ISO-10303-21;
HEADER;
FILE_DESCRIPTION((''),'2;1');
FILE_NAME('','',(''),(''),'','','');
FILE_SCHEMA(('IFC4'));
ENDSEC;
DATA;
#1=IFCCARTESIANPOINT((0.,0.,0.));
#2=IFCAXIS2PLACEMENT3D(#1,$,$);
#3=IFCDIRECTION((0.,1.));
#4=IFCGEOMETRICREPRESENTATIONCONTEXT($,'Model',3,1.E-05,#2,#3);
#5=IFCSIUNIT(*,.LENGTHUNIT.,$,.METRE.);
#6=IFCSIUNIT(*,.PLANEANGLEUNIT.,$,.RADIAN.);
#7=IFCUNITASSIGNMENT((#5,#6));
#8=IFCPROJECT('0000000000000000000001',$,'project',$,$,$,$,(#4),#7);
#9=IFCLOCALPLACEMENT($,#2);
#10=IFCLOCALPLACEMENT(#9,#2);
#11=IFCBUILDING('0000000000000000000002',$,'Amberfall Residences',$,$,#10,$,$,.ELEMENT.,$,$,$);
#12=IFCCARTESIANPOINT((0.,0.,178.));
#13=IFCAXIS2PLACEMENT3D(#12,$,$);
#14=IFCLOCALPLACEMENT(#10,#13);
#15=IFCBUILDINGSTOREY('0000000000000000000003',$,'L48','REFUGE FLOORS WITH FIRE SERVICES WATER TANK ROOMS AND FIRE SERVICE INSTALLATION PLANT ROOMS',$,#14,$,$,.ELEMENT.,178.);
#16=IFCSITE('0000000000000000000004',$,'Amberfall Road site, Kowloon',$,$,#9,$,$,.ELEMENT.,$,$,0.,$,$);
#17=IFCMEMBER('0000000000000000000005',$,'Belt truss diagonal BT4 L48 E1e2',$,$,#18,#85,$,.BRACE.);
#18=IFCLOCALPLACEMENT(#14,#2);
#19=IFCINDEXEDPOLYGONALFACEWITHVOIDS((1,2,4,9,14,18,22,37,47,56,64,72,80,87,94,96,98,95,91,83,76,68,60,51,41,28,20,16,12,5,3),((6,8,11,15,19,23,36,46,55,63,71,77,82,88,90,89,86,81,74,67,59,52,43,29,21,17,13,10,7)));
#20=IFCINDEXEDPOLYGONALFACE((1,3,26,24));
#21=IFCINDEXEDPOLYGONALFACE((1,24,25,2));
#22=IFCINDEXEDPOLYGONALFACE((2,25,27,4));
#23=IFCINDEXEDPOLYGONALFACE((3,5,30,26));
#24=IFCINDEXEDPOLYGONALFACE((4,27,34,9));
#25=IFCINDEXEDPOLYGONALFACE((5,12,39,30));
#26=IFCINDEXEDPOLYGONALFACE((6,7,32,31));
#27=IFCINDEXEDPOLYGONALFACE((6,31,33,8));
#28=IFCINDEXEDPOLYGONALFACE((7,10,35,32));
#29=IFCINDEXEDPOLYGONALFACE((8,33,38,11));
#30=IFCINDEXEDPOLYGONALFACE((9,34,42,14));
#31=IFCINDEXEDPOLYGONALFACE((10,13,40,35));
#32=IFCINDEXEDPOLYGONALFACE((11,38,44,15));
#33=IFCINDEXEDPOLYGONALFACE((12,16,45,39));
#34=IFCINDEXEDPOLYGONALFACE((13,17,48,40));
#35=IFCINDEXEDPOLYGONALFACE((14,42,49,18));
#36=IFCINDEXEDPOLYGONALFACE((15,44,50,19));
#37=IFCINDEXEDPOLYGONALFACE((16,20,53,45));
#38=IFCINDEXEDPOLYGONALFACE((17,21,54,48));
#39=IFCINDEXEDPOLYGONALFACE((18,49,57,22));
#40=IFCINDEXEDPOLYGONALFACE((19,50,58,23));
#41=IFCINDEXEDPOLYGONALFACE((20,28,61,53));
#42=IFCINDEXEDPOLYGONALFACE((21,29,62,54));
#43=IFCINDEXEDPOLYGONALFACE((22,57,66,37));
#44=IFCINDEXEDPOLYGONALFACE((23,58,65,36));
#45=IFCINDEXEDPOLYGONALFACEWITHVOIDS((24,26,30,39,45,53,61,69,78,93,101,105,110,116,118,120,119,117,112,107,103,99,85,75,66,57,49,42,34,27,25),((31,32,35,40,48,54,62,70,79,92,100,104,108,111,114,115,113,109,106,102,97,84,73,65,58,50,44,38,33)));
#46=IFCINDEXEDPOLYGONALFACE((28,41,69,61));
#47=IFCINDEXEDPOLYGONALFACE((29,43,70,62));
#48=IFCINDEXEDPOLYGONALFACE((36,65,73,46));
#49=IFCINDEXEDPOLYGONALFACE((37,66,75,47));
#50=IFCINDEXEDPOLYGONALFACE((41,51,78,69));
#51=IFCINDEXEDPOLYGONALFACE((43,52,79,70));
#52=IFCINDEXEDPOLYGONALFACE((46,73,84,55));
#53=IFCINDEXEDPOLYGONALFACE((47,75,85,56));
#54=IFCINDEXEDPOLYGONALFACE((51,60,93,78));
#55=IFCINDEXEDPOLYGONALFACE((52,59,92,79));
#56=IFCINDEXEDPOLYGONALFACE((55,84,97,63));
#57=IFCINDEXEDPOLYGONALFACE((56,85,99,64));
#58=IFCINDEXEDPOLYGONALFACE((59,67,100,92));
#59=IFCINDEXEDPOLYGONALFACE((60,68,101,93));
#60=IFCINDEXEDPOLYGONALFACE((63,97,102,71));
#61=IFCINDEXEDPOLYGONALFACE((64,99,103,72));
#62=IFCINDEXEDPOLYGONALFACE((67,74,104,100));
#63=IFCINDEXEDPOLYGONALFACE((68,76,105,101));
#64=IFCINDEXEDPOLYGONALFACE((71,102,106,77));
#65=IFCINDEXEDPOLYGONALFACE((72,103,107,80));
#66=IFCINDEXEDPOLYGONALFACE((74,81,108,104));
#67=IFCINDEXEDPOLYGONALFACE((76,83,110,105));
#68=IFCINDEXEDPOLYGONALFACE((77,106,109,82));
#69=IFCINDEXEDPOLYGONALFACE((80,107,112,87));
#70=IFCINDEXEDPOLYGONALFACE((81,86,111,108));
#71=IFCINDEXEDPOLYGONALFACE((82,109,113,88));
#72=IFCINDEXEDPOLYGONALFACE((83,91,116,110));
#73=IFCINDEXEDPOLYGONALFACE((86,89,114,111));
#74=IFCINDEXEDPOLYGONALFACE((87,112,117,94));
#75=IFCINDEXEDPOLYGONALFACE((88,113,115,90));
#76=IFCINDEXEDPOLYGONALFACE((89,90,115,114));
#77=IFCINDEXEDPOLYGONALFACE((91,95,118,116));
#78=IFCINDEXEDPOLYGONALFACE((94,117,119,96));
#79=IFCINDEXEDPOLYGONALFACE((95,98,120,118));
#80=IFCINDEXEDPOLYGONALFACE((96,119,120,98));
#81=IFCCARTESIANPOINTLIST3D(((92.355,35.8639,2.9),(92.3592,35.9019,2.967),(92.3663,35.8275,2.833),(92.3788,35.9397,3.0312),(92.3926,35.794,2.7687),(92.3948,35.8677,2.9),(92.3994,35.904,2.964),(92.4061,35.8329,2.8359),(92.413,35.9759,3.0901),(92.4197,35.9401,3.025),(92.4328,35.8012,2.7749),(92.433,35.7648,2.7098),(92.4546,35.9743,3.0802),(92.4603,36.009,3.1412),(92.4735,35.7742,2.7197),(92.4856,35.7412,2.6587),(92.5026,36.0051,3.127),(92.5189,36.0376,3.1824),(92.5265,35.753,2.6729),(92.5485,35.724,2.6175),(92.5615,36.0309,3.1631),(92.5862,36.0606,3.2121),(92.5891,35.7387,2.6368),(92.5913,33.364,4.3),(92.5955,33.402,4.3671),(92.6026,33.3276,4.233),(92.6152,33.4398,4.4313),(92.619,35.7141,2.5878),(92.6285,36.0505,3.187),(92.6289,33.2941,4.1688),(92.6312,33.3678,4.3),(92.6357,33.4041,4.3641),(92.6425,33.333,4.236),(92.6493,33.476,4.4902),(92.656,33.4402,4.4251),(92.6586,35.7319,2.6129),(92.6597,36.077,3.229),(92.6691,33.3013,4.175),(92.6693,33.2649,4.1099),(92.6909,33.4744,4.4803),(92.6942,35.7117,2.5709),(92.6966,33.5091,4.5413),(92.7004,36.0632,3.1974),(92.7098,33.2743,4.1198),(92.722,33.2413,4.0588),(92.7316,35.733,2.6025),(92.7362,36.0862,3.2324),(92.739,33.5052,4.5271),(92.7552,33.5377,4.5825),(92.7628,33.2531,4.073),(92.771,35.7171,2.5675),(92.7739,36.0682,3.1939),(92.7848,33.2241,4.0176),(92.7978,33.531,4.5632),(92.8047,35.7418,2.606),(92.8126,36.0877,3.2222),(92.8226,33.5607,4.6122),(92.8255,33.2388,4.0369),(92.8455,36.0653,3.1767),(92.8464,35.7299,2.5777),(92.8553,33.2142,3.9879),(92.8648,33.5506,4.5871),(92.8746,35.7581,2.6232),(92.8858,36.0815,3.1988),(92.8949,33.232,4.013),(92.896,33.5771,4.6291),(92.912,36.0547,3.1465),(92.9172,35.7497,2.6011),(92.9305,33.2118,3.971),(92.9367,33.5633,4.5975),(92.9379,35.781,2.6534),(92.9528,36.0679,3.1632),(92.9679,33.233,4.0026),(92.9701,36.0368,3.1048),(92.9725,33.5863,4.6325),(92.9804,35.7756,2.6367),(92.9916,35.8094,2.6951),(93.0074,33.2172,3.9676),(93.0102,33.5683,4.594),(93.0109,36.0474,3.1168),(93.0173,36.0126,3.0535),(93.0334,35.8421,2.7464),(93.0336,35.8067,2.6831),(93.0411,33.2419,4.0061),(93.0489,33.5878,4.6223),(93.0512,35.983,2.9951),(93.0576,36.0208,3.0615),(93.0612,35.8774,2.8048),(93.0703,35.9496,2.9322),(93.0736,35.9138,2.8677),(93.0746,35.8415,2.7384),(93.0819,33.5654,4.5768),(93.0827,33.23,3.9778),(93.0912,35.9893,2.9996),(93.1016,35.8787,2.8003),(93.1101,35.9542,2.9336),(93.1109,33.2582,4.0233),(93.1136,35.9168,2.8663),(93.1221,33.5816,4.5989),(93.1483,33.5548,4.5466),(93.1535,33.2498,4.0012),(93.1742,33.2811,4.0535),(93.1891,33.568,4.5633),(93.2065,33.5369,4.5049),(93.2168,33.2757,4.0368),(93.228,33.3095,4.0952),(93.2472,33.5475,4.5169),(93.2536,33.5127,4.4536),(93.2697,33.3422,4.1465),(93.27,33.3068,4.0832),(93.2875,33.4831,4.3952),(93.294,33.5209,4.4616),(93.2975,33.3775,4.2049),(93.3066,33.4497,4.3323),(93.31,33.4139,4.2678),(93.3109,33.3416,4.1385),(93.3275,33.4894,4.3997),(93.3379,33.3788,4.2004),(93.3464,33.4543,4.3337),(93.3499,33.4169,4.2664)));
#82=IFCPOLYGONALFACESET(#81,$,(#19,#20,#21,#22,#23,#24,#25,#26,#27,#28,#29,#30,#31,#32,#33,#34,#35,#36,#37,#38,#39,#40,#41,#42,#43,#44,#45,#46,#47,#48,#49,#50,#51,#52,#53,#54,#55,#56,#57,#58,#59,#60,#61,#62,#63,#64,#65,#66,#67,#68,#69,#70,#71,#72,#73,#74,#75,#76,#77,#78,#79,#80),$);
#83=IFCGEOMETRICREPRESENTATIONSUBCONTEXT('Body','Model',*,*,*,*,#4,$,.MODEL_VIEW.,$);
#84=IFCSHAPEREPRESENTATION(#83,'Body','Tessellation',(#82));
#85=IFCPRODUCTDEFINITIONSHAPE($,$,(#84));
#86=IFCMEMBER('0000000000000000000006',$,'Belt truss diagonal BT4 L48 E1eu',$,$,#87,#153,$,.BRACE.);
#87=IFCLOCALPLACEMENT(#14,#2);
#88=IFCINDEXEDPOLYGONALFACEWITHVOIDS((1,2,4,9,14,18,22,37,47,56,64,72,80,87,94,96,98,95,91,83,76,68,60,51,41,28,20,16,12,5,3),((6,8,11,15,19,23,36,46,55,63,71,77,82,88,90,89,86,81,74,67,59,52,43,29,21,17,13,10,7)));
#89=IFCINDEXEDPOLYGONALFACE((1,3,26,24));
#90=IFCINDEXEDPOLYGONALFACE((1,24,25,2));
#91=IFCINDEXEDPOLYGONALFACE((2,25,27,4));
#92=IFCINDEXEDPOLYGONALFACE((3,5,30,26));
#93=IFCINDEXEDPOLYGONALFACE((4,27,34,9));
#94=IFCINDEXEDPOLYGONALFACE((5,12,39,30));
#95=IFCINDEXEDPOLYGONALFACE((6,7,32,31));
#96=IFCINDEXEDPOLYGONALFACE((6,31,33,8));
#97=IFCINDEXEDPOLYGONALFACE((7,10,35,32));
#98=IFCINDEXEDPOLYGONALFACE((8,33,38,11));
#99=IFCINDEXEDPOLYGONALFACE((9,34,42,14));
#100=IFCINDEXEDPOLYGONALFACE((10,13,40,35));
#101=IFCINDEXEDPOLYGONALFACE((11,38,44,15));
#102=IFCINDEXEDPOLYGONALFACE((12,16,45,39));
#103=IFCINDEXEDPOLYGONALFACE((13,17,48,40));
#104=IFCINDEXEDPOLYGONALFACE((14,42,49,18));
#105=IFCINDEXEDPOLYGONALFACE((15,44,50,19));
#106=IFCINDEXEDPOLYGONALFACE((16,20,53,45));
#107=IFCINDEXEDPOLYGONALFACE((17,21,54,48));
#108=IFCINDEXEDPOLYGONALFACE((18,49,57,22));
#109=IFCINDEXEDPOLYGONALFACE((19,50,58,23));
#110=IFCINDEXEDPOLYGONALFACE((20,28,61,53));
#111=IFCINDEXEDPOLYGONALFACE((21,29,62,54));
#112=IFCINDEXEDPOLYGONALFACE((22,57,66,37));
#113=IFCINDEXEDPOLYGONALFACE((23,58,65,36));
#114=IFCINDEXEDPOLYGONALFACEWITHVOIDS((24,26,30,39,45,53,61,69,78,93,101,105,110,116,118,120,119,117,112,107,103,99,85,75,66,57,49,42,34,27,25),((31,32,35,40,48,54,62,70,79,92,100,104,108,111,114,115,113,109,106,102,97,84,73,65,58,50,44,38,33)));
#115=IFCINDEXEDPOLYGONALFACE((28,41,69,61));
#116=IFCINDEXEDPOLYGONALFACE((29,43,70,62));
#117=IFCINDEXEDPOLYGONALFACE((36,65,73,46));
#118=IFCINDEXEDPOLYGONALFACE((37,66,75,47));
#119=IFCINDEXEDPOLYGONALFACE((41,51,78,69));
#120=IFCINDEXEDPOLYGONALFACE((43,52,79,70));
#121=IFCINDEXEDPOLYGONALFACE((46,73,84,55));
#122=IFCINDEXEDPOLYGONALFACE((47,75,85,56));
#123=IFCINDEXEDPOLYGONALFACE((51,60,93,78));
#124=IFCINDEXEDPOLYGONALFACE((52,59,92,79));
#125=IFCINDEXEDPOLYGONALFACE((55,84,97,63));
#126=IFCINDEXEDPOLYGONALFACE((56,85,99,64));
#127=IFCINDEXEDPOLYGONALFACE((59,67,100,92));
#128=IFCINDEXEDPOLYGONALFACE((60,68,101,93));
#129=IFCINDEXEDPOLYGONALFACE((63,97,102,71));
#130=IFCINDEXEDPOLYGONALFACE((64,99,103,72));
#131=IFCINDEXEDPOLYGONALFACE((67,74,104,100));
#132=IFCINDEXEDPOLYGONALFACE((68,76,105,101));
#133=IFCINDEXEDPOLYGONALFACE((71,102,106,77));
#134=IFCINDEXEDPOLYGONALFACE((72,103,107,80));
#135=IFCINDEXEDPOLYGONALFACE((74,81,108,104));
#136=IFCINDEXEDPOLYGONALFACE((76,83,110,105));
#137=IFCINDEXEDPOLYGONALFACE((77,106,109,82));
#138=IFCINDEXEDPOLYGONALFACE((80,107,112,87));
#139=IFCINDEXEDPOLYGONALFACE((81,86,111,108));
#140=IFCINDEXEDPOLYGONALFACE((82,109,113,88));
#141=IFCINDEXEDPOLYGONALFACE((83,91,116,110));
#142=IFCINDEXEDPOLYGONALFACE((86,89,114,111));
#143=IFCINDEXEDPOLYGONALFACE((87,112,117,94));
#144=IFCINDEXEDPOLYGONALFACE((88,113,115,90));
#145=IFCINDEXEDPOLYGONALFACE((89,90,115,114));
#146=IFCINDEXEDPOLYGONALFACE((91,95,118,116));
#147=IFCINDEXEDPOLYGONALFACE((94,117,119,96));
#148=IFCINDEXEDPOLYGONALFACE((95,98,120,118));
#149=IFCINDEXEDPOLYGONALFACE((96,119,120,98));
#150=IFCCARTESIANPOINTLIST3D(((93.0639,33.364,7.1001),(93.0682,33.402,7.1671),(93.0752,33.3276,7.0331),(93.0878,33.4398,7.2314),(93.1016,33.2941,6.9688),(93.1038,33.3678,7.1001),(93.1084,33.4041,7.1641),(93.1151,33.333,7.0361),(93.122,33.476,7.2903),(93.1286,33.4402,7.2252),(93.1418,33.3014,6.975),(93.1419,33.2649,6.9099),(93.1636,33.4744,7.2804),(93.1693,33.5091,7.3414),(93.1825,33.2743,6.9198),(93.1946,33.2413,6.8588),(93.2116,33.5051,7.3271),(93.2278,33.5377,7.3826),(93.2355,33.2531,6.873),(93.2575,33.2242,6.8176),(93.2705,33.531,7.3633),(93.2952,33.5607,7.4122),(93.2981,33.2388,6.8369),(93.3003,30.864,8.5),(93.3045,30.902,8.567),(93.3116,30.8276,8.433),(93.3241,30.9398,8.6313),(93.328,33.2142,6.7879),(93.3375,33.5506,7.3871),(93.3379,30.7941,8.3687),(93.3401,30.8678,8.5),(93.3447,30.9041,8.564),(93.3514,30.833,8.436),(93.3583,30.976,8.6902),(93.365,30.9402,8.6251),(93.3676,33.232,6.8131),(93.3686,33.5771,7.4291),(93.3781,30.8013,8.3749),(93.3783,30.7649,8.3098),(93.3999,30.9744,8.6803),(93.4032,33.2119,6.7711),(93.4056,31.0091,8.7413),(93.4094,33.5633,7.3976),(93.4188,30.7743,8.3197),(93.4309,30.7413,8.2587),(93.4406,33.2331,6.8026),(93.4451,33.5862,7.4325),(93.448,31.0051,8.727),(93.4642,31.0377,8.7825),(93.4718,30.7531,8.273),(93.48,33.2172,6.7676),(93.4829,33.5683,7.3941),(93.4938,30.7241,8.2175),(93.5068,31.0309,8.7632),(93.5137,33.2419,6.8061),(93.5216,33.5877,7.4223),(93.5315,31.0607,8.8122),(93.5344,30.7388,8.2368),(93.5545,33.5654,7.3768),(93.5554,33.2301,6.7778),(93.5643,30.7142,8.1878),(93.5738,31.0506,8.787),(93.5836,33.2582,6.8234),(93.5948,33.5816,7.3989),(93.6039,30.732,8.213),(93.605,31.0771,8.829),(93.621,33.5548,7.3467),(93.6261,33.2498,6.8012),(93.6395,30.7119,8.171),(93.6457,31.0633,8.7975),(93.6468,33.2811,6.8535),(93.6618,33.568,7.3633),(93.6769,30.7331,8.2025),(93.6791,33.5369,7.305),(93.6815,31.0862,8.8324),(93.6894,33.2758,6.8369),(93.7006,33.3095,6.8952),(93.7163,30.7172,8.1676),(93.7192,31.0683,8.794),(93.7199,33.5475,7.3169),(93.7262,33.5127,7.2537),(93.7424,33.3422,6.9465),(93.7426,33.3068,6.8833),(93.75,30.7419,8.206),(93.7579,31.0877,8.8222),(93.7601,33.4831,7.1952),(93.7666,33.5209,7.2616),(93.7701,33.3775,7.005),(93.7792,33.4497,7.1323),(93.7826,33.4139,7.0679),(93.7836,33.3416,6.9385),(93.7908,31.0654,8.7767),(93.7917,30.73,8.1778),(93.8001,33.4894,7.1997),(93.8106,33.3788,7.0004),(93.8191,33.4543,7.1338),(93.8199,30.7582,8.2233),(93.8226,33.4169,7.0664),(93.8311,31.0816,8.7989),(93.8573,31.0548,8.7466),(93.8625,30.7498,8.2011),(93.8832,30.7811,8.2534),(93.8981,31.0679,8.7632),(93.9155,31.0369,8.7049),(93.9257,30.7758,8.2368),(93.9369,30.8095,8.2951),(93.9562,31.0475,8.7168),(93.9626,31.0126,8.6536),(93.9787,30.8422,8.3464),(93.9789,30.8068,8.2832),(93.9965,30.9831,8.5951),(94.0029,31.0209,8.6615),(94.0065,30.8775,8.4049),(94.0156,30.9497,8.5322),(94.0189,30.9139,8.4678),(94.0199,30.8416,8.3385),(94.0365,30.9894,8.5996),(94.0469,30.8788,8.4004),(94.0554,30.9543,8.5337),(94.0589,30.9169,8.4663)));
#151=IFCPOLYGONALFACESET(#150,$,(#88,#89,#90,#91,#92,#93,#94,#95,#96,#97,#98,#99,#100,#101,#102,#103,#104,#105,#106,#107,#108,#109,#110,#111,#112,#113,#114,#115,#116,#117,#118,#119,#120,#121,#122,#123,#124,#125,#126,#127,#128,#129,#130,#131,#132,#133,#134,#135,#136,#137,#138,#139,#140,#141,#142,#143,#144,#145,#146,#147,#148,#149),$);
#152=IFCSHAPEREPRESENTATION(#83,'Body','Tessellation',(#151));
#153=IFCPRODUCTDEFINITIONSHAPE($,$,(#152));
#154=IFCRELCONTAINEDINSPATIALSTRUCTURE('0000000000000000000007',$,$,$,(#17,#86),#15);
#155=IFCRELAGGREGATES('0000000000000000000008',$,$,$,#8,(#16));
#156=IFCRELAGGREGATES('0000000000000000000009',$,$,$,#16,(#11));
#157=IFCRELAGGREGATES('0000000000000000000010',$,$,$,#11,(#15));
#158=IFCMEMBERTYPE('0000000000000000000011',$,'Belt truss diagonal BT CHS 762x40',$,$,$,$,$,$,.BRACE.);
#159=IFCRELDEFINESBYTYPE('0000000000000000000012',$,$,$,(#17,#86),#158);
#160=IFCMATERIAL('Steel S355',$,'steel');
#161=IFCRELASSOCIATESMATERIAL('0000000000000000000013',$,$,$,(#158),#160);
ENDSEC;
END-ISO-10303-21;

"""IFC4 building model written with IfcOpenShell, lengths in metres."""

from ifc_helpers import new_model, si_unit, direction, frame, origin, origin_2d, place, context, subcontext, project, spatial, hollow_circle, extrude, material, material_profile, profile_set, type_object, element, save


model = new_model("IFC4")

# Units and contexts
model_context = context("Model", 3, precision=1e-05, world=origin(), true_north=direction((0.0, 1.0)))
body_context = subcontext(model_context, "Body", "Model", "MODEL_VIEW")
ifc_project = project(units=[si_unit("LENGTHUNIT", "METRE"), si_unit("PLANEANGLEUNIT", "RADIAN")], contexts=[model_context])

# Site, building, storey
site_placement = place(None, origin())
site = spatial("IfcSite", under=ifc_project, at=site_placement, Name="Amberfall Road site, Kowloon", CompositionType="ELEMENT", RefElevation=0.0)
building_placement = place(site_placement, origin())
building = spatial("IfcBuilding", under=site, at=building_placement, Name="Amberfall Residences", CompositionType="ELEMENT")
storey_placement = place(building_placement, frame((0.0, 0.0, 178.0)))
storey = spatial("IfcBuildingStorey", under=building, at=storey_placement, Name="L48", Description="REFUGE FLOORS WITH FIRE SERVICES WATER TANK ROOMS AND FIRE SERVICE INSTALLATION PLANT ROOMS", CompositionType="ELEMENT", Elevation=178.0)

# Shared definitions
ifc_material_1 = material(Name="Steel S355", Category="steel")

# Members
ifc_material_profile_1 = material_profile(ifc_material_1, hollow_circle(Radius=0.3811, WallThickness=0.04, at=origin_2d()), Name="CHS 762x40")
ifc_profile_set_1 = profile_set([ifc_material_profile_1], Name="Steel S355")
member_type = type_object("IfcMemberType", Name="Belt truss diagonal BT CHS 762x40", PredefinedType="BRACE", material=ifc_profile_set_1)
for number, where, z_axis, x_axis, name in (
    (1, (92.9707, 33.3999, 4.3), (-0.082198, 0.869532, -0.486989), (-0.995562, -0.094112, 0.0), "Belt truss diagonal BT4 L48 E1e2"),
    (2, (93.6797, 30.8999, 8.5), (-0.082201, 0.869568, -0.486924), (-0.995562, -0.094112, 0.0), "Belt truss diagonal BT4 L48 E1eu"),
):
    element("IfcMember", number, at=place(storey_placement, frame(where, z_axis=z_axis, x_axis=x_axis)), inside=storey, type_object=member_type, Name=name, PredefinedType="BRACE", context=body_context, shape_type="SweptSolid", body=[
        extrude(hollow_circle(Radius=0.3811, WallThickness=0.04, at=origin_2d()), origin(), (0.0, 0.0, 1.0), 2.875),
    ])

save(model, "model.ifc")
